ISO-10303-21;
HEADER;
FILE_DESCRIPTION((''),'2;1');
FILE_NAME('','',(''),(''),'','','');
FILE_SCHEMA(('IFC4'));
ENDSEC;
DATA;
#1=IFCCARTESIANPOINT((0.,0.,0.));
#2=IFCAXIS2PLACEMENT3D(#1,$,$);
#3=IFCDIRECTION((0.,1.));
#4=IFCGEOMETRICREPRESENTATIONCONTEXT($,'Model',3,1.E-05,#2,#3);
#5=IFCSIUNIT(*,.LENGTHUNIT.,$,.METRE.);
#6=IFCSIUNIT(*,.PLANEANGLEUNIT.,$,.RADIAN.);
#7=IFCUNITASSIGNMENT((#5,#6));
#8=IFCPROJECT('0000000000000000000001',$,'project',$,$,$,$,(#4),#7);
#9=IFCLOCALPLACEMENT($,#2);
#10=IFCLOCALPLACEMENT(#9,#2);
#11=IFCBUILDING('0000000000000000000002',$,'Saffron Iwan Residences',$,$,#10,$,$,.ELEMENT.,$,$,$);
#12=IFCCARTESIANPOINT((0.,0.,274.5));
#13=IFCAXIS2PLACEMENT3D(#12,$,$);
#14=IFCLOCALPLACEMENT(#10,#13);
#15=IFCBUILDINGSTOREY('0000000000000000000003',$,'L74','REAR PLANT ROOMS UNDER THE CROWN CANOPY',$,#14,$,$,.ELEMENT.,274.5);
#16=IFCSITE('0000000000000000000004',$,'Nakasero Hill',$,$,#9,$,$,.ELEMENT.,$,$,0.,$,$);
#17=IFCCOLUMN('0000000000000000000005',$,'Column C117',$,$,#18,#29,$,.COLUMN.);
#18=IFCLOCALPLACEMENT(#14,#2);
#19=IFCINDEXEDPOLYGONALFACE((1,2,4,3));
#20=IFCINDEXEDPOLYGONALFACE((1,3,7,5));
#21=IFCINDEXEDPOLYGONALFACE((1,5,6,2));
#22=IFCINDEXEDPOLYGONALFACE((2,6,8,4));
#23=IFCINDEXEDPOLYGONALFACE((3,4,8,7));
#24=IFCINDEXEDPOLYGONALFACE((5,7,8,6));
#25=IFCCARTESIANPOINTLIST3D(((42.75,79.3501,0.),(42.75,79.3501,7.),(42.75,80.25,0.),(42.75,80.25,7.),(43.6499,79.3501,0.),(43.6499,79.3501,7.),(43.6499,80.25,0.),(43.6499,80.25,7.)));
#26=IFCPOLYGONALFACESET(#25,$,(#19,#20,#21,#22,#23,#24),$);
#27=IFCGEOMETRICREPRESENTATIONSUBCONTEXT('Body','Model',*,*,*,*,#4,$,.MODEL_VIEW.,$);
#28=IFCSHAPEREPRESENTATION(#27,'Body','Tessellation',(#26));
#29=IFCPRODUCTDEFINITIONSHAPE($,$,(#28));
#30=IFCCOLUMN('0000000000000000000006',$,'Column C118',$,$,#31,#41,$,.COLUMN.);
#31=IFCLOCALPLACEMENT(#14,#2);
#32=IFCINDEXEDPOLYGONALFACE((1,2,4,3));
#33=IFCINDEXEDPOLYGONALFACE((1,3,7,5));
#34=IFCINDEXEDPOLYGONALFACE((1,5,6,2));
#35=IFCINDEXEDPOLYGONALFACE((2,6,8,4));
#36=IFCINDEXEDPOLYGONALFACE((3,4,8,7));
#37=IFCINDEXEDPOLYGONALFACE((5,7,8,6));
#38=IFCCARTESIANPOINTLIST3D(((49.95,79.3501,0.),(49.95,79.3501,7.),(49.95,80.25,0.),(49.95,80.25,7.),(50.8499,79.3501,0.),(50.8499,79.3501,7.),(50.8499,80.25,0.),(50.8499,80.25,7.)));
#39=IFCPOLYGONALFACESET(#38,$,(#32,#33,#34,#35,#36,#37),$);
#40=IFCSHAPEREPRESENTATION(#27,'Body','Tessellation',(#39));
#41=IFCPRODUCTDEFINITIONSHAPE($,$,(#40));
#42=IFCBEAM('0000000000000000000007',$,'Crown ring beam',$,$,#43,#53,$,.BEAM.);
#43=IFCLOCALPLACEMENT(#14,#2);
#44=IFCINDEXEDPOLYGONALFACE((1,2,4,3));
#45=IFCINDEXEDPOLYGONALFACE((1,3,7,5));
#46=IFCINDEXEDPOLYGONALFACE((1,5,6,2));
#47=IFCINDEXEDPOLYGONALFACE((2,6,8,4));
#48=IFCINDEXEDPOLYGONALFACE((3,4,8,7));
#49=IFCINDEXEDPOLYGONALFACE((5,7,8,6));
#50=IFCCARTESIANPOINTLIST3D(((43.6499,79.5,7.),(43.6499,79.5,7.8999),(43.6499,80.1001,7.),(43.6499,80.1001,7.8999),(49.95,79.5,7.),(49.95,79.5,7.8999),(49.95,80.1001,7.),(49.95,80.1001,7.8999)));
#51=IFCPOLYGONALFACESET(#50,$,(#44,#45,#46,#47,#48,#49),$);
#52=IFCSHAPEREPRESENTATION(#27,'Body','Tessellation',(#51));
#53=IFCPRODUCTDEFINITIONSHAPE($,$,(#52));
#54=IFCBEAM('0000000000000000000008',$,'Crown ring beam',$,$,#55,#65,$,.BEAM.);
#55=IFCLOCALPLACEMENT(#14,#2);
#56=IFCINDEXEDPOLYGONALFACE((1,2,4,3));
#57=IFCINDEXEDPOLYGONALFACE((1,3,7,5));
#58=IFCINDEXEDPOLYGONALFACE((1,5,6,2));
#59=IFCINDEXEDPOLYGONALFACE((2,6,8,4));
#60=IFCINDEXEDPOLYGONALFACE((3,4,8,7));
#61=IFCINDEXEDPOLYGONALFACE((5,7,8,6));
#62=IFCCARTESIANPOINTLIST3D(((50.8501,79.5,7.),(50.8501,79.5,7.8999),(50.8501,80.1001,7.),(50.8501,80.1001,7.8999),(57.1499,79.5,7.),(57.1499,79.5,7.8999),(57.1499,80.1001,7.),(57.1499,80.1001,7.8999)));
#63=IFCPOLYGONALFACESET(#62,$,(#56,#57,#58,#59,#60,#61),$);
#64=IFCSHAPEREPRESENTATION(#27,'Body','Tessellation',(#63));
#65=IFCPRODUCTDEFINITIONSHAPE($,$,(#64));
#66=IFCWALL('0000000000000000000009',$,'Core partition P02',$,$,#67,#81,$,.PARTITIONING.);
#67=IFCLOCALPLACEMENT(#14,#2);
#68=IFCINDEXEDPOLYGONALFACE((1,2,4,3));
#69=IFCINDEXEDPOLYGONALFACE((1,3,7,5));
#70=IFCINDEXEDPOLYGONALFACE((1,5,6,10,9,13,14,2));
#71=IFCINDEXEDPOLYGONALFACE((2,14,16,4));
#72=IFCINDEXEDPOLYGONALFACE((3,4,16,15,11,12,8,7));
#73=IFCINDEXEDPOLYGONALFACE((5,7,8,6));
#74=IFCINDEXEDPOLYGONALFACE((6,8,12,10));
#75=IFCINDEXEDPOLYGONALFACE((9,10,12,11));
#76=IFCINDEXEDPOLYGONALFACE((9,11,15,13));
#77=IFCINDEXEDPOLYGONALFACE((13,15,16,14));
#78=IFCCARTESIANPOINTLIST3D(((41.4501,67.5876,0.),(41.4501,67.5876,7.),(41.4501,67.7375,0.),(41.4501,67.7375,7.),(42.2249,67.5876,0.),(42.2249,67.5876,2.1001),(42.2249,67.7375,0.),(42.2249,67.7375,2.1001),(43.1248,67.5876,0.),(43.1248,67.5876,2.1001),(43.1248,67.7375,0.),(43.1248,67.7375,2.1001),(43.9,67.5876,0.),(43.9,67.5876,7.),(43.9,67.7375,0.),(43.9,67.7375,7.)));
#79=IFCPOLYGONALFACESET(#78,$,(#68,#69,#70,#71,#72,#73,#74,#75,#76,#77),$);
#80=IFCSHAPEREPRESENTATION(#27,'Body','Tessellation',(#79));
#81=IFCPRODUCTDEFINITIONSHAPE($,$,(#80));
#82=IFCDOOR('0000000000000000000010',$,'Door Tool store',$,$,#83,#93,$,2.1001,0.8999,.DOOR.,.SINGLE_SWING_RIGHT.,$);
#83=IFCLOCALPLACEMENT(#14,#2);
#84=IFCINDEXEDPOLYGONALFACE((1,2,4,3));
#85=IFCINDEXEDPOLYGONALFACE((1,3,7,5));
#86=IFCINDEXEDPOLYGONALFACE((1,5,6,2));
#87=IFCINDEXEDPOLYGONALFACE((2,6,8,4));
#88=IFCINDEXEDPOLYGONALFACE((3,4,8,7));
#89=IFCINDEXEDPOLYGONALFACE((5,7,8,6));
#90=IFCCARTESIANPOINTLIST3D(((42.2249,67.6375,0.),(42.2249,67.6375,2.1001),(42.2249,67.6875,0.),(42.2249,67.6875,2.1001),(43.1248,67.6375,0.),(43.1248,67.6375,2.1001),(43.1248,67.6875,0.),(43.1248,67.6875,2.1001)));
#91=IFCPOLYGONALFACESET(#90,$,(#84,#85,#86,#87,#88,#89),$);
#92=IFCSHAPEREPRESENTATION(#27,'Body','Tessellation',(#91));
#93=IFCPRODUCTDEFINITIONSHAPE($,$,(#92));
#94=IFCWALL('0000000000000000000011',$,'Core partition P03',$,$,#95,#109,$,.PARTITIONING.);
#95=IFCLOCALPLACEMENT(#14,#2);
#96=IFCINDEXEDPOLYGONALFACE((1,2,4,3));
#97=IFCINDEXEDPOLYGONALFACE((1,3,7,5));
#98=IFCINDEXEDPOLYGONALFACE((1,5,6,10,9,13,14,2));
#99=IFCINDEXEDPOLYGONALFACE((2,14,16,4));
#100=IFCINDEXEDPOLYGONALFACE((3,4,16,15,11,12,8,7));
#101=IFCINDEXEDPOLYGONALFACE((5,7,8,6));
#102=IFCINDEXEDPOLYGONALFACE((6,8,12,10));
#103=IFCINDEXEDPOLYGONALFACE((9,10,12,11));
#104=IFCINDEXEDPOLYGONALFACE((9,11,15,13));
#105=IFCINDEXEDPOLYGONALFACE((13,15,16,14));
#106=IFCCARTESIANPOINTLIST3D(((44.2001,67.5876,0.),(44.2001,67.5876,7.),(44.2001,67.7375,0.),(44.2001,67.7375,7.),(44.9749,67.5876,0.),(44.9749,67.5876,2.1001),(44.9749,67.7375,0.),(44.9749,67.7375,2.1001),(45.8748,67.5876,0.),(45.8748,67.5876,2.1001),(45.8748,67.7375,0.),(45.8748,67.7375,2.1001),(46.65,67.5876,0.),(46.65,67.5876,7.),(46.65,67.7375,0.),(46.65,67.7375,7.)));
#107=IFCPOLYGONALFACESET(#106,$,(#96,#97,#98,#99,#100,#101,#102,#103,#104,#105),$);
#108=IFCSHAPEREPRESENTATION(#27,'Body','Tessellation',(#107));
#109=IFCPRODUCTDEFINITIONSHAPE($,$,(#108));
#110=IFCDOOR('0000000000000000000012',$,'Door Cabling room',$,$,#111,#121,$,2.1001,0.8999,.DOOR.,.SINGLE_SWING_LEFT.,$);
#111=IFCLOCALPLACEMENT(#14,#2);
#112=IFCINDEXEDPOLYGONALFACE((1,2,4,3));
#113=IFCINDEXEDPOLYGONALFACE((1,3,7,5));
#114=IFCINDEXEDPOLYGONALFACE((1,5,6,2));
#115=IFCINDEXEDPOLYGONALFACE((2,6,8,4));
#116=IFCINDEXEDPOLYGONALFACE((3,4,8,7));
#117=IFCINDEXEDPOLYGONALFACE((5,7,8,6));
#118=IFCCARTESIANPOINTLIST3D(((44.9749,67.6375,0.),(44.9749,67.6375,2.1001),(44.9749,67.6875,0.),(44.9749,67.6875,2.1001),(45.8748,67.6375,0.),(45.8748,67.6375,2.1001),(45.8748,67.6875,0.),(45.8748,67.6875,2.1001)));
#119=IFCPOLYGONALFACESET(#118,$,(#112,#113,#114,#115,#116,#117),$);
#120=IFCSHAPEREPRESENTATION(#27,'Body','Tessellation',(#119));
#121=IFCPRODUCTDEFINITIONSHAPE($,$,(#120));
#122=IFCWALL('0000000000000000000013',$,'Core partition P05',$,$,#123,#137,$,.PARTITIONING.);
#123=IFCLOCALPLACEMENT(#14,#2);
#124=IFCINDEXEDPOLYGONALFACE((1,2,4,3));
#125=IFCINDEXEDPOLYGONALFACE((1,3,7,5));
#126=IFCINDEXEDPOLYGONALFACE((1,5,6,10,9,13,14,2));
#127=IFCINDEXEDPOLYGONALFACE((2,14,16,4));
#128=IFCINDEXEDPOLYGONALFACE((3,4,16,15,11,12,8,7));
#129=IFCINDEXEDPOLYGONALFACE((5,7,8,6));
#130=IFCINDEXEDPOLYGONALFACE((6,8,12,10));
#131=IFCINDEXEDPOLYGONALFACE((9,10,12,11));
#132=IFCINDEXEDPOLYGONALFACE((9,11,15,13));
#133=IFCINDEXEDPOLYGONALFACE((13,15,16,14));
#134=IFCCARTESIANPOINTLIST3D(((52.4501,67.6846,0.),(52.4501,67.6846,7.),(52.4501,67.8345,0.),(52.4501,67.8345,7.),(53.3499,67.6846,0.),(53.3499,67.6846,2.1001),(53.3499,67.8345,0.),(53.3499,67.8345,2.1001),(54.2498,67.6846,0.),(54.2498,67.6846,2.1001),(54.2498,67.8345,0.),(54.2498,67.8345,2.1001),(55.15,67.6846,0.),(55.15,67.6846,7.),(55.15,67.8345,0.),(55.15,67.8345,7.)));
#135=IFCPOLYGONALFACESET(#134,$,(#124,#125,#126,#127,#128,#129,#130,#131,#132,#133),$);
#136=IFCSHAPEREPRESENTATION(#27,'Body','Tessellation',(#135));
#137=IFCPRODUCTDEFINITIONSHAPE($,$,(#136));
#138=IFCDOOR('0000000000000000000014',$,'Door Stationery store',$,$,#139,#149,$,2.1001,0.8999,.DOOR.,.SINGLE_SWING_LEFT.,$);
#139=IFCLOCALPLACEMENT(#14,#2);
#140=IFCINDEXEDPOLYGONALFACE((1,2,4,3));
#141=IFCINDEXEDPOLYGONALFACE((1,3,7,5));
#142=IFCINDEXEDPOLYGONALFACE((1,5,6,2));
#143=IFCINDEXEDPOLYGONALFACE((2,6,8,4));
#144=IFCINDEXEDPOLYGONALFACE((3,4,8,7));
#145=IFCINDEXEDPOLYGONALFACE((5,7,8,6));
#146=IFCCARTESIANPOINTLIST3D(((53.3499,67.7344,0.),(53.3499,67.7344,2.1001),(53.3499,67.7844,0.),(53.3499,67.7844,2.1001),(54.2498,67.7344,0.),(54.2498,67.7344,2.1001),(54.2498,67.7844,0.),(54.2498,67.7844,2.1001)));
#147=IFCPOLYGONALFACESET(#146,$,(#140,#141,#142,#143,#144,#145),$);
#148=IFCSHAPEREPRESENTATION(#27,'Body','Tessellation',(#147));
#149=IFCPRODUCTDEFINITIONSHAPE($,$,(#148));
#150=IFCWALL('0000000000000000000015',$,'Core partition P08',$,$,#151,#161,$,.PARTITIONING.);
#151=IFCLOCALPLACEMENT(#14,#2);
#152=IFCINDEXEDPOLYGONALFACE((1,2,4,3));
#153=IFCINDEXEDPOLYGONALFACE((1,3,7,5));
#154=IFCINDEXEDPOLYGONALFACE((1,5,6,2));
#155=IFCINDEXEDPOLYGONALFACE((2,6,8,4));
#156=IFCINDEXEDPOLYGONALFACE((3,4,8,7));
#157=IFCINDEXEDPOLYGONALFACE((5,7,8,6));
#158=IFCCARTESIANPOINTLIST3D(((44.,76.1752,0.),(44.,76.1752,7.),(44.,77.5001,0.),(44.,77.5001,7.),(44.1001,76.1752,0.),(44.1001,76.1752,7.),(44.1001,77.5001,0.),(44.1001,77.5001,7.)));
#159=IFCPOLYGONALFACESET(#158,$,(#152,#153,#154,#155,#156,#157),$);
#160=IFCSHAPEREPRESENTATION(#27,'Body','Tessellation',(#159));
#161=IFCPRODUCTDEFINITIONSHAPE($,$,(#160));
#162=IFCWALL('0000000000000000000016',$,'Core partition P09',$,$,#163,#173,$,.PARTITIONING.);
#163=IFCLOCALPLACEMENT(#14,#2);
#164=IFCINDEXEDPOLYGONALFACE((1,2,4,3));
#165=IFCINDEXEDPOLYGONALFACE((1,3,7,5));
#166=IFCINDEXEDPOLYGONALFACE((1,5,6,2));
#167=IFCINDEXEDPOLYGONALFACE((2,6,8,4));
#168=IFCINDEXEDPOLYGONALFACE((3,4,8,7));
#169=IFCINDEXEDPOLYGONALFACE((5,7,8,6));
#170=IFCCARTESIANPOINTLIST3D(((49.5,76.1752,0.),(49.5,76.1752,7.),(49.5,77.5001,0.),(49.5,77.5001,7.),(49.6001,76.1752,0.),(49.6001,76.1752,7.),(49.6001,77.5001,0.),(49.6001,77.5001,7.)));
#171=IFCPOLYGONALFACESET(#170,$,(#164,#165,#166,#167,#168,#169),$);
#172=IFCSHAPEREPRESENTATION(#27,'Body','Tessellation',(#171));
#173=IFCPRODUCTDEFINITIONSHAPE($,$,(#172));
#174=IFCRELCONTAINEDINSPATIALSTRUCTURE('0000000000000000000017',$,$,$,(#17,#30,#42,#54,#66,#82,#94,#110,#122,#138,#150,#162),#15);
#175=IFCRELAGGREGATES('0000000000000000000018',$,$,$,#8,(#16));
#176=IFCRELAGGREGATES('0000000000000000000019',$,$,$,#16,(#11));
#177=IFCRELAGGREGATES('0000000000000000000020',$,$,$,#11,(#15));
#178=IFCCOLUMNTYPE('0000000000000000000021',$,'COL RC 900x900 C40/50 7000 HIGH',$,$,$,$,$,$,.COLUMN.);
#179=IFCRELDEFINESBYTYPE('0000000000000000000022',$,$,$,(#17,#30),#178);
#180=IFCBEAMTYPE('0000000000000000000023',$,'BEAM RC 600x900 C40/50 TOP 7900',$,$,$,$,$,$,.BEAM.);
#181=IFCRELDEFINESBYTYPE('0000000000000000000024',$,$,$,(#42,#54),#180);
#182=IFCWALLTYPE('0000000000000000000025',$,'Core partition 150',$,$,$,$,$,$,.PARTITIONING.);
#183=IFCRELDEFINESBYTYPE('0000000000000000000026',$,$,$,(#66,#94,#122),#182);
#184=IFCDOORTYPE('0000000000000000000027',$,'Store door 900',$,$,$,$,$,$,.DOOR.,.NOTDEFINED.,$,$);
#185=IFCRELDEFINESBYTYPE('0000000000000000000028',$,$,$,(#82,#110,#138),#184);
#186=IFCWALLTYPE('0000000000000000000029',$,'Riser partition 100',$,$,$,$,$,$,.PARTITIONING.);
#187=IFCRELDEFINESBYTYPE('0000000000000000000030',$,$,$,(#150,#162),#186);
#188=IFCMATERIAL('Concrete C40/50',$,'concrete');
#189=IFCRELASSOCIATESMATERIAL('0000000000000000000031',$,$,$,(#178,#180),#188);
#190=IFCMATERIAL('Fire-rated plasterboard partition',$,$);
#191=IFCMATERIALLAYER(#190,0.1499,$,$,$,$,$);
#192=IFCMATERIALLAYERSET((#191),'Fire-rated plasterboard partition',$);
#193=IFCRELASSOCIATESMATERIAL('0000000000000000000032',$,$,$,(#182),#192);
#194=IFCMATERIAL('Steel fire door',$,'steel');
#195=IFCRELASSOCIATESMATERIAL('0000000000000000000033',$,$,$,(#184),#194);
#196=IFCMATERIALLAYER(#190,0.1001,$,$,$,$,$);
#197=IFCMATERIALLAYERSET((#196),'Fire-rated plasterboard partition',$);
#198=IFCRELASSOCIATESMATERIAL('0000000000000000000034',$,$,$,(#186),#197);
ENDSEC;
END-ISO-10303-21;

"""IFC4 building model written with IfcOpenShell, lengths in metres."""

from ifc_helpers import new_model, si_unit, direction, frame, frame_2d, origin, origin_2d, place, context, subcontext, project, spatial, rectangle, extrude, source, transform, mapped, material, layer, layer_set, material_profile, profile_set, type_object, element, fill, save


model = new_model("IFC4")

# Units and contexts
model_context = context("Model", 3, precision=1e-05, world=origin(), true_north=direction((0.0, 1.0)))
body_context = subcontext(model_context, "Body", "Model", "MODEL_VIEW")
ifc_project = project(units=[si_unit("LENGTHUNIT", "METRE"), si_unit("PLANEANGLEUNIT", "RADIAN")], contexts=[model_context])

# Site, building, storey
site_placement = place(None, origin())
site = spatial("IfcSite", under=ifc_project, at=site_placement, Name="Nakasero Hill", CompositionType="ELEMENT", RefElevation=0.0)
building_placement = place(site_placement, origin())
building = spatial("IfcBuilding", under=site, at=building_placement, Name="Saffron Iwan Residences", CompositionType="ELEMENT")
storey_placement = place(building_placement, frame((0.0, 0.0, 274.5)))
storey = spatial("IfcBuildingStorey", under=building, at=storey_placement, Name="L74", Description="REAR PLANT ROOMS UNDER THE CROWN CANOPY", CompositionType="ELEMENT", Elevation=274.5)

# Columns
ifc_material_1 = material(Name="Concrete C40/50", Category="concrete")
ifc_material_profile_1 = material_profile(ifc_material_1, rectangle(XDim=0.8999, YDim=0.8999, at=origin_2d()), Name="RC 900x900")
ifc_profile_set_1 = profile_set([ifc_material_profile_1], Name="Concrete C40/50")
column_type = type_object("IfcColumnType", Name="COL RC 900x900 C40/50 7000 HIGH", PredefinedType="COLUMN", material=ifc_profile_set_1)
shared_shape_1 = source(origin(), body_context, "Body", "SweptSolid", [
    extrude(rectangle(XDim=0.8999, YDim=0.8999, at=origin_2d()), origin(), (0.0, 0.0, 1.0), 7.0),
])
for number, where, z_axis, x_axis, name in (
    (1, (43.2, 79.8, 0.0), (0.0, 0.0, 1.0), (1.0, 0.0, 0.0), "Column C117"),
    (2, (50.3999, 79.8, 0.0), (0.0, 0.0, 1.0), (1.0, 0.0, 0.0), "Column C118"),
):
    element("IfcColumn", number, at=place(storey_placement, frame(where, z_axis=z_axis, x_axis=x_axis)), inside=storey, type_object=column_type, Name=name, PredefinedType="COLUMN", context=body_context, shape_type="MappedRepresentation", body=[
        mapped(shared_shape_1, transform((0.0, 0.0, 0.0))),
    ])

# Beams
ifc_material_profile_2 = material_profile(ifc_material_1, rectangle(XDim=0.6001, YDim=0.8999, at=origin_2d()), Name="RC 600x900")
ifc_profile_set_2 = profile_set([ifc_material_profile_2], Name="Concrete C40/50")
beam_type = type_object("IfcBeamType", Name="BEAM RC 600x900 C40/50 TOP 7900", PredefinedType="BEAM", material=ifc_profile_set_2)
shared_shape_2 = source(origin(), body_context, "Body", "SweptSolid", [
    extrude(rectangle(XDim=0.6001, YDim=0.8999, at=origin_2d()), origin(), (0.0, 0.0, 1.0), 6.3),
])
beam_1_placement = place(storey_placement, frame((43.6499, 79.8, 7.45), z_axis=(1.0, 0.0, 0.0), x_axis=(0.0, 1.0, 0.0)))
element("IfcBeam", 3, at=beam_1_placement, inside=storey, type_object=beam_type, Name="Crown ring beam", PredefinedType="BEAM", context=body_context, shape_type="MappedRepresentation", body=[
    mapped(shared_shape_2, transform((0.0, 0.0, 0.0))),
])
shared_shape_3 = source(origin(), body_context, "Body", "SweptSolid", [
    extrude(rectangle(XDim=0.6001, YDim=0.8999, at=origin_2d()), origin(), (0.0, 0.0, 1.0), 6.2998),
])
beam_2_placement = place(storey_placement, frame((50.8501, 79.8, 7.45), z_axis=(1.0, 0.0, 0.0), x_axis=(0.0, 1.0, 0.0)))
element("IfcBeam", 4, at=beam_2_placement, inside=storey, type_object=beam_type, Name="Crown ring beam", PredefinedType="BEAM", context=body_context, shape_type="MappedRepresentation", body=[
    mapped(shared_shape_3, transform((0.0, 0.0, 0.0))),
])

# Walls, openings, doors
ifc_material_2 = material(Name="Fire-rated plasterboard partition")
ifc_layer_1 = layer(ifc_material_2, 0.1499)
ifc_layer_set_1 = layer_set([ifc_layer_1], Name="Fire-rated plasterboard partition")
wall_type_1 = type_object("IfcWallType", Name="Core partition 150", PredefinedType="PARTITIONING", material=ifc_layer_set_1)
wall_1_placement = place(storey_placement, frame((41.45, 67.6626, 0.0), z_axis=(0.0, 0.0, 1.0), x_axis=(1.0, 0.0, 0.0)))
wall_1 = element("IfcWall", 5, at=wall_1_placement, inside=storey, type_object=wall_type_1, Name="Core partition P02", PredefinedType="PARTITIONING", context=body_context, shape_type="SweptSolid", body=[
    extrude(rectangle(XDim=2.45, YDim=0.1499, at=frame_2d((1.2251, 0.0))), origin(), (0.0, 0.0, 1.0), 7.0),
])
opening_1_placement = place(wall_1_placement, frame((0.7749, 0.0, 0.0)))
opening_1 = element("IfcOpeningElement", 6, at=opening_1_placement, cuts=wall_1, PredefinedType="OPENING", context=body_context, shape_type="SweptSolid", body=[
    extrude(rectangle(XDim=0.8999, YDim=2.1001, at=frame_2d((0.45, 1.05))), frame((0.0, 0.085, 0.0), z_axis=(0.0, -1.0, 0.0), x_axis=(1.0, 0.0, 0.0)), (0.0, 0.0, 1.0), 0.1699),
])
ifc_material_3 = material(Name="Steel fire door", Category="steel")
door_type = type_object("IfcDoorType", Name="Store door 900", OperationType="NOTDEFINED", PredefinedType="DOOR", material=ifc_material_3)
door_1_placement = place(opening_1_placement, origin())
door_1 = element("IfcDoor", 7, at=door_1_placement, inside=storey, type_object=door_type, Name="Door Tool store", OperationType="SINGLE_SWING_RIGHT", OverallHeight=2.1001, OverallWidth=0.8999, PredefinedType="DOOR", context=body_context, shape_type="SweptSolid", body=[
    extrude(rectangle(XDim=0.8999, YDim=2.1001, at=frame_2d((0.45, 1.05))), frame((0.0, 0.0249, 0.0), z_axis=(0.0, -1.0, 0.0), x_axis=(1.0, 0.0, 0.0)), (0.0, 0.0, 1.0), 0.05),
])
fill(opening_1, door_1)
wall_2_placement = place(storey_placement, frame((44.2, 67.6626, 0.0), z_axis=(0.0, 0.0, 1.0), x_axis=(1.0, 0.0, 0.0)))
wall_2 = element("IfcWall", 8, at=wall_2_placement, inside=storey, type_object=wall_type_1, Name="Core partition P03", PredefinedType="PARTITIONING", context=body_context, shape_type="SweptSolid", body=[
    extrude(rectangle(XDim=2.45, YDim=0.1499, at=frame_2d((1.2251, 0.0))), origin(), (0.0, 0.0, 1.0), 7.0),
])
opening_2_placement = place(wall_2_placement, frame((0.7749, 0.0, 0.0)))
opening_2 = element("IfcOpeningElement", 9, at=opening_2_placement, cuts=wall_2, PredefinedType="OPENING", context=body_context, shape_type="SweptSolid", body=[
    extrude(rectangle(XDim=0.8999, YDim=2.1001, at=frame_2d((0.45, 1.05))), frame((0.0, 0.085, 0.0), z_axis=(0.0, -1.0, 0.0), x_axis=(1.0, 0.0, 0.0)), (0.0, 0.0, 1.0), 0.1699),
])
door_2_placement = place(opening_2_placement, origin())
door_2 = element("IfcDoor", 10, at=door_2_placement, inside=storey, type_object=door_type, Name="Door Cabling room", OperationType="SINGLE_SWING_LEFT", OverallHeight=2.1001, OverallWidth=0.8999, PredefinedType="DOOR", context=body_context, shape_type="SweptSolid", body=[
    extrude(rectangle(XDim=0.8999, YDim=2.1001, at=frame_2d((0.45, 1.05))), frame((0.0, 0.0249, 0.0), z_axis=(0.0, -1.0, 0.0), x_axis=(1.0, 0.0, 0.0)), (0.0, 0.0, 1.0), 0.05),
])
fill(opening_2, door_2)
wall_3_placement = place(storey_placement, frame((52.45, 67.7595, 0.0), z_axis=(0.0, 0.0, 1.0), x_axis=(1.0, 0.0, 0.0)))
wall_3 = element("IfcWall", 11, at=wall_3_placement, inside=storey, type_object=wall_type_1, Name="Core partition P05", PredefinedType="PARTITIONING", context=body_context, shape_type="SweptSolid", body=[
    extrude(rectangle(XDim=2.7, YDim=0.1499, at=frame_2d((1.3501, 0.0))), origin(), (0.0, 0.0, 1.0), 7.0),
])
opening_3_placement = place(wall_3_placement, frame((0.8999, 0.0, 0.0)))
opening_3 = element("IfcOpeningElement", 12, at=opening_3_placement, cuts=wall_3, PredefinedType="OPENING", context=body_context, shape_type="SweptSolid", body=[
    extrude(rectangle(XDim=0.8999, YDim=2.1001, at=frame_2d((0.45, 1.05))), frame((0.0, 0.085, 0.0), z_axis=(0.0, -1.0, 0.0), x_axis=(1.0, 0.0, 0.0)), (0.0, 0.0, 1.0), 0.1699),
])
door_3_placement = place(opening_3_placement, origin())
door_3 = element("IfcDoor", 13, at=door_3_placement, inside=storey, type_object=door_type, Name="Door Stationery store", OperationType="SINGLE_SWING_LEFT", OverallHeight=2.1001, OverallWidth=0.8999, PredefinedType="DOOR", context=body_context, shape_type="SweptSolid", body=[
    extrude(rectangle(XDim=0.8999, YDim=2.1001, at=frame_2d((0.45, 1.05))), frame((0.0, 0.0249, 0.0), z_axis=(0.0, -1.0, 0.0), x_axis=(1.0, 0.0, 0.0)), (0.0, 0.0, 1.0), 0.05),
])
fill(opening_3, door_3)

# Walls
ifc_layer_2 = layer(ifc_material_2, 0.1001)
ifc_layer_set_2 = layer_set([ifc_layer_2], Name="Fire-rated plasterboard partition")
wall_type_2 = type_object("IfcWallType", Name="Riser partition 100", PredefinedType="PARTITIONING", material=ifc_layer_set_2)
for number, where, z_axis, x_axis, name in (
    (14, (44.05, 76.175, 0.0), (0.0, 0.0, 1.0), (0.0, 1.0, 0.0), "Core partition P08"),
    (15, (49.55, 76.175, 0.0), (0.0, 0.0, 1.0), (0.0, 1.0, 0.0), "Core partition P09"),
):
    element("IfcWall", number, at=place(storey_placement, frame(where, z_axis=z_axis, x_axis=x_axis)), inside=storey, type_object=wall_type_2, Name=name, PredefinedType="PARTITIONING", context=body_context, shape_type="SweptSolid", body=[
        extrude(rectangle(XDim=1.325, YDim=0.1001, at=frame_2d((0.6626, 0.0))), origin(), (0.0, 0.0, 1.0), 7.0),
    ])

save(model, "model.ifc")
